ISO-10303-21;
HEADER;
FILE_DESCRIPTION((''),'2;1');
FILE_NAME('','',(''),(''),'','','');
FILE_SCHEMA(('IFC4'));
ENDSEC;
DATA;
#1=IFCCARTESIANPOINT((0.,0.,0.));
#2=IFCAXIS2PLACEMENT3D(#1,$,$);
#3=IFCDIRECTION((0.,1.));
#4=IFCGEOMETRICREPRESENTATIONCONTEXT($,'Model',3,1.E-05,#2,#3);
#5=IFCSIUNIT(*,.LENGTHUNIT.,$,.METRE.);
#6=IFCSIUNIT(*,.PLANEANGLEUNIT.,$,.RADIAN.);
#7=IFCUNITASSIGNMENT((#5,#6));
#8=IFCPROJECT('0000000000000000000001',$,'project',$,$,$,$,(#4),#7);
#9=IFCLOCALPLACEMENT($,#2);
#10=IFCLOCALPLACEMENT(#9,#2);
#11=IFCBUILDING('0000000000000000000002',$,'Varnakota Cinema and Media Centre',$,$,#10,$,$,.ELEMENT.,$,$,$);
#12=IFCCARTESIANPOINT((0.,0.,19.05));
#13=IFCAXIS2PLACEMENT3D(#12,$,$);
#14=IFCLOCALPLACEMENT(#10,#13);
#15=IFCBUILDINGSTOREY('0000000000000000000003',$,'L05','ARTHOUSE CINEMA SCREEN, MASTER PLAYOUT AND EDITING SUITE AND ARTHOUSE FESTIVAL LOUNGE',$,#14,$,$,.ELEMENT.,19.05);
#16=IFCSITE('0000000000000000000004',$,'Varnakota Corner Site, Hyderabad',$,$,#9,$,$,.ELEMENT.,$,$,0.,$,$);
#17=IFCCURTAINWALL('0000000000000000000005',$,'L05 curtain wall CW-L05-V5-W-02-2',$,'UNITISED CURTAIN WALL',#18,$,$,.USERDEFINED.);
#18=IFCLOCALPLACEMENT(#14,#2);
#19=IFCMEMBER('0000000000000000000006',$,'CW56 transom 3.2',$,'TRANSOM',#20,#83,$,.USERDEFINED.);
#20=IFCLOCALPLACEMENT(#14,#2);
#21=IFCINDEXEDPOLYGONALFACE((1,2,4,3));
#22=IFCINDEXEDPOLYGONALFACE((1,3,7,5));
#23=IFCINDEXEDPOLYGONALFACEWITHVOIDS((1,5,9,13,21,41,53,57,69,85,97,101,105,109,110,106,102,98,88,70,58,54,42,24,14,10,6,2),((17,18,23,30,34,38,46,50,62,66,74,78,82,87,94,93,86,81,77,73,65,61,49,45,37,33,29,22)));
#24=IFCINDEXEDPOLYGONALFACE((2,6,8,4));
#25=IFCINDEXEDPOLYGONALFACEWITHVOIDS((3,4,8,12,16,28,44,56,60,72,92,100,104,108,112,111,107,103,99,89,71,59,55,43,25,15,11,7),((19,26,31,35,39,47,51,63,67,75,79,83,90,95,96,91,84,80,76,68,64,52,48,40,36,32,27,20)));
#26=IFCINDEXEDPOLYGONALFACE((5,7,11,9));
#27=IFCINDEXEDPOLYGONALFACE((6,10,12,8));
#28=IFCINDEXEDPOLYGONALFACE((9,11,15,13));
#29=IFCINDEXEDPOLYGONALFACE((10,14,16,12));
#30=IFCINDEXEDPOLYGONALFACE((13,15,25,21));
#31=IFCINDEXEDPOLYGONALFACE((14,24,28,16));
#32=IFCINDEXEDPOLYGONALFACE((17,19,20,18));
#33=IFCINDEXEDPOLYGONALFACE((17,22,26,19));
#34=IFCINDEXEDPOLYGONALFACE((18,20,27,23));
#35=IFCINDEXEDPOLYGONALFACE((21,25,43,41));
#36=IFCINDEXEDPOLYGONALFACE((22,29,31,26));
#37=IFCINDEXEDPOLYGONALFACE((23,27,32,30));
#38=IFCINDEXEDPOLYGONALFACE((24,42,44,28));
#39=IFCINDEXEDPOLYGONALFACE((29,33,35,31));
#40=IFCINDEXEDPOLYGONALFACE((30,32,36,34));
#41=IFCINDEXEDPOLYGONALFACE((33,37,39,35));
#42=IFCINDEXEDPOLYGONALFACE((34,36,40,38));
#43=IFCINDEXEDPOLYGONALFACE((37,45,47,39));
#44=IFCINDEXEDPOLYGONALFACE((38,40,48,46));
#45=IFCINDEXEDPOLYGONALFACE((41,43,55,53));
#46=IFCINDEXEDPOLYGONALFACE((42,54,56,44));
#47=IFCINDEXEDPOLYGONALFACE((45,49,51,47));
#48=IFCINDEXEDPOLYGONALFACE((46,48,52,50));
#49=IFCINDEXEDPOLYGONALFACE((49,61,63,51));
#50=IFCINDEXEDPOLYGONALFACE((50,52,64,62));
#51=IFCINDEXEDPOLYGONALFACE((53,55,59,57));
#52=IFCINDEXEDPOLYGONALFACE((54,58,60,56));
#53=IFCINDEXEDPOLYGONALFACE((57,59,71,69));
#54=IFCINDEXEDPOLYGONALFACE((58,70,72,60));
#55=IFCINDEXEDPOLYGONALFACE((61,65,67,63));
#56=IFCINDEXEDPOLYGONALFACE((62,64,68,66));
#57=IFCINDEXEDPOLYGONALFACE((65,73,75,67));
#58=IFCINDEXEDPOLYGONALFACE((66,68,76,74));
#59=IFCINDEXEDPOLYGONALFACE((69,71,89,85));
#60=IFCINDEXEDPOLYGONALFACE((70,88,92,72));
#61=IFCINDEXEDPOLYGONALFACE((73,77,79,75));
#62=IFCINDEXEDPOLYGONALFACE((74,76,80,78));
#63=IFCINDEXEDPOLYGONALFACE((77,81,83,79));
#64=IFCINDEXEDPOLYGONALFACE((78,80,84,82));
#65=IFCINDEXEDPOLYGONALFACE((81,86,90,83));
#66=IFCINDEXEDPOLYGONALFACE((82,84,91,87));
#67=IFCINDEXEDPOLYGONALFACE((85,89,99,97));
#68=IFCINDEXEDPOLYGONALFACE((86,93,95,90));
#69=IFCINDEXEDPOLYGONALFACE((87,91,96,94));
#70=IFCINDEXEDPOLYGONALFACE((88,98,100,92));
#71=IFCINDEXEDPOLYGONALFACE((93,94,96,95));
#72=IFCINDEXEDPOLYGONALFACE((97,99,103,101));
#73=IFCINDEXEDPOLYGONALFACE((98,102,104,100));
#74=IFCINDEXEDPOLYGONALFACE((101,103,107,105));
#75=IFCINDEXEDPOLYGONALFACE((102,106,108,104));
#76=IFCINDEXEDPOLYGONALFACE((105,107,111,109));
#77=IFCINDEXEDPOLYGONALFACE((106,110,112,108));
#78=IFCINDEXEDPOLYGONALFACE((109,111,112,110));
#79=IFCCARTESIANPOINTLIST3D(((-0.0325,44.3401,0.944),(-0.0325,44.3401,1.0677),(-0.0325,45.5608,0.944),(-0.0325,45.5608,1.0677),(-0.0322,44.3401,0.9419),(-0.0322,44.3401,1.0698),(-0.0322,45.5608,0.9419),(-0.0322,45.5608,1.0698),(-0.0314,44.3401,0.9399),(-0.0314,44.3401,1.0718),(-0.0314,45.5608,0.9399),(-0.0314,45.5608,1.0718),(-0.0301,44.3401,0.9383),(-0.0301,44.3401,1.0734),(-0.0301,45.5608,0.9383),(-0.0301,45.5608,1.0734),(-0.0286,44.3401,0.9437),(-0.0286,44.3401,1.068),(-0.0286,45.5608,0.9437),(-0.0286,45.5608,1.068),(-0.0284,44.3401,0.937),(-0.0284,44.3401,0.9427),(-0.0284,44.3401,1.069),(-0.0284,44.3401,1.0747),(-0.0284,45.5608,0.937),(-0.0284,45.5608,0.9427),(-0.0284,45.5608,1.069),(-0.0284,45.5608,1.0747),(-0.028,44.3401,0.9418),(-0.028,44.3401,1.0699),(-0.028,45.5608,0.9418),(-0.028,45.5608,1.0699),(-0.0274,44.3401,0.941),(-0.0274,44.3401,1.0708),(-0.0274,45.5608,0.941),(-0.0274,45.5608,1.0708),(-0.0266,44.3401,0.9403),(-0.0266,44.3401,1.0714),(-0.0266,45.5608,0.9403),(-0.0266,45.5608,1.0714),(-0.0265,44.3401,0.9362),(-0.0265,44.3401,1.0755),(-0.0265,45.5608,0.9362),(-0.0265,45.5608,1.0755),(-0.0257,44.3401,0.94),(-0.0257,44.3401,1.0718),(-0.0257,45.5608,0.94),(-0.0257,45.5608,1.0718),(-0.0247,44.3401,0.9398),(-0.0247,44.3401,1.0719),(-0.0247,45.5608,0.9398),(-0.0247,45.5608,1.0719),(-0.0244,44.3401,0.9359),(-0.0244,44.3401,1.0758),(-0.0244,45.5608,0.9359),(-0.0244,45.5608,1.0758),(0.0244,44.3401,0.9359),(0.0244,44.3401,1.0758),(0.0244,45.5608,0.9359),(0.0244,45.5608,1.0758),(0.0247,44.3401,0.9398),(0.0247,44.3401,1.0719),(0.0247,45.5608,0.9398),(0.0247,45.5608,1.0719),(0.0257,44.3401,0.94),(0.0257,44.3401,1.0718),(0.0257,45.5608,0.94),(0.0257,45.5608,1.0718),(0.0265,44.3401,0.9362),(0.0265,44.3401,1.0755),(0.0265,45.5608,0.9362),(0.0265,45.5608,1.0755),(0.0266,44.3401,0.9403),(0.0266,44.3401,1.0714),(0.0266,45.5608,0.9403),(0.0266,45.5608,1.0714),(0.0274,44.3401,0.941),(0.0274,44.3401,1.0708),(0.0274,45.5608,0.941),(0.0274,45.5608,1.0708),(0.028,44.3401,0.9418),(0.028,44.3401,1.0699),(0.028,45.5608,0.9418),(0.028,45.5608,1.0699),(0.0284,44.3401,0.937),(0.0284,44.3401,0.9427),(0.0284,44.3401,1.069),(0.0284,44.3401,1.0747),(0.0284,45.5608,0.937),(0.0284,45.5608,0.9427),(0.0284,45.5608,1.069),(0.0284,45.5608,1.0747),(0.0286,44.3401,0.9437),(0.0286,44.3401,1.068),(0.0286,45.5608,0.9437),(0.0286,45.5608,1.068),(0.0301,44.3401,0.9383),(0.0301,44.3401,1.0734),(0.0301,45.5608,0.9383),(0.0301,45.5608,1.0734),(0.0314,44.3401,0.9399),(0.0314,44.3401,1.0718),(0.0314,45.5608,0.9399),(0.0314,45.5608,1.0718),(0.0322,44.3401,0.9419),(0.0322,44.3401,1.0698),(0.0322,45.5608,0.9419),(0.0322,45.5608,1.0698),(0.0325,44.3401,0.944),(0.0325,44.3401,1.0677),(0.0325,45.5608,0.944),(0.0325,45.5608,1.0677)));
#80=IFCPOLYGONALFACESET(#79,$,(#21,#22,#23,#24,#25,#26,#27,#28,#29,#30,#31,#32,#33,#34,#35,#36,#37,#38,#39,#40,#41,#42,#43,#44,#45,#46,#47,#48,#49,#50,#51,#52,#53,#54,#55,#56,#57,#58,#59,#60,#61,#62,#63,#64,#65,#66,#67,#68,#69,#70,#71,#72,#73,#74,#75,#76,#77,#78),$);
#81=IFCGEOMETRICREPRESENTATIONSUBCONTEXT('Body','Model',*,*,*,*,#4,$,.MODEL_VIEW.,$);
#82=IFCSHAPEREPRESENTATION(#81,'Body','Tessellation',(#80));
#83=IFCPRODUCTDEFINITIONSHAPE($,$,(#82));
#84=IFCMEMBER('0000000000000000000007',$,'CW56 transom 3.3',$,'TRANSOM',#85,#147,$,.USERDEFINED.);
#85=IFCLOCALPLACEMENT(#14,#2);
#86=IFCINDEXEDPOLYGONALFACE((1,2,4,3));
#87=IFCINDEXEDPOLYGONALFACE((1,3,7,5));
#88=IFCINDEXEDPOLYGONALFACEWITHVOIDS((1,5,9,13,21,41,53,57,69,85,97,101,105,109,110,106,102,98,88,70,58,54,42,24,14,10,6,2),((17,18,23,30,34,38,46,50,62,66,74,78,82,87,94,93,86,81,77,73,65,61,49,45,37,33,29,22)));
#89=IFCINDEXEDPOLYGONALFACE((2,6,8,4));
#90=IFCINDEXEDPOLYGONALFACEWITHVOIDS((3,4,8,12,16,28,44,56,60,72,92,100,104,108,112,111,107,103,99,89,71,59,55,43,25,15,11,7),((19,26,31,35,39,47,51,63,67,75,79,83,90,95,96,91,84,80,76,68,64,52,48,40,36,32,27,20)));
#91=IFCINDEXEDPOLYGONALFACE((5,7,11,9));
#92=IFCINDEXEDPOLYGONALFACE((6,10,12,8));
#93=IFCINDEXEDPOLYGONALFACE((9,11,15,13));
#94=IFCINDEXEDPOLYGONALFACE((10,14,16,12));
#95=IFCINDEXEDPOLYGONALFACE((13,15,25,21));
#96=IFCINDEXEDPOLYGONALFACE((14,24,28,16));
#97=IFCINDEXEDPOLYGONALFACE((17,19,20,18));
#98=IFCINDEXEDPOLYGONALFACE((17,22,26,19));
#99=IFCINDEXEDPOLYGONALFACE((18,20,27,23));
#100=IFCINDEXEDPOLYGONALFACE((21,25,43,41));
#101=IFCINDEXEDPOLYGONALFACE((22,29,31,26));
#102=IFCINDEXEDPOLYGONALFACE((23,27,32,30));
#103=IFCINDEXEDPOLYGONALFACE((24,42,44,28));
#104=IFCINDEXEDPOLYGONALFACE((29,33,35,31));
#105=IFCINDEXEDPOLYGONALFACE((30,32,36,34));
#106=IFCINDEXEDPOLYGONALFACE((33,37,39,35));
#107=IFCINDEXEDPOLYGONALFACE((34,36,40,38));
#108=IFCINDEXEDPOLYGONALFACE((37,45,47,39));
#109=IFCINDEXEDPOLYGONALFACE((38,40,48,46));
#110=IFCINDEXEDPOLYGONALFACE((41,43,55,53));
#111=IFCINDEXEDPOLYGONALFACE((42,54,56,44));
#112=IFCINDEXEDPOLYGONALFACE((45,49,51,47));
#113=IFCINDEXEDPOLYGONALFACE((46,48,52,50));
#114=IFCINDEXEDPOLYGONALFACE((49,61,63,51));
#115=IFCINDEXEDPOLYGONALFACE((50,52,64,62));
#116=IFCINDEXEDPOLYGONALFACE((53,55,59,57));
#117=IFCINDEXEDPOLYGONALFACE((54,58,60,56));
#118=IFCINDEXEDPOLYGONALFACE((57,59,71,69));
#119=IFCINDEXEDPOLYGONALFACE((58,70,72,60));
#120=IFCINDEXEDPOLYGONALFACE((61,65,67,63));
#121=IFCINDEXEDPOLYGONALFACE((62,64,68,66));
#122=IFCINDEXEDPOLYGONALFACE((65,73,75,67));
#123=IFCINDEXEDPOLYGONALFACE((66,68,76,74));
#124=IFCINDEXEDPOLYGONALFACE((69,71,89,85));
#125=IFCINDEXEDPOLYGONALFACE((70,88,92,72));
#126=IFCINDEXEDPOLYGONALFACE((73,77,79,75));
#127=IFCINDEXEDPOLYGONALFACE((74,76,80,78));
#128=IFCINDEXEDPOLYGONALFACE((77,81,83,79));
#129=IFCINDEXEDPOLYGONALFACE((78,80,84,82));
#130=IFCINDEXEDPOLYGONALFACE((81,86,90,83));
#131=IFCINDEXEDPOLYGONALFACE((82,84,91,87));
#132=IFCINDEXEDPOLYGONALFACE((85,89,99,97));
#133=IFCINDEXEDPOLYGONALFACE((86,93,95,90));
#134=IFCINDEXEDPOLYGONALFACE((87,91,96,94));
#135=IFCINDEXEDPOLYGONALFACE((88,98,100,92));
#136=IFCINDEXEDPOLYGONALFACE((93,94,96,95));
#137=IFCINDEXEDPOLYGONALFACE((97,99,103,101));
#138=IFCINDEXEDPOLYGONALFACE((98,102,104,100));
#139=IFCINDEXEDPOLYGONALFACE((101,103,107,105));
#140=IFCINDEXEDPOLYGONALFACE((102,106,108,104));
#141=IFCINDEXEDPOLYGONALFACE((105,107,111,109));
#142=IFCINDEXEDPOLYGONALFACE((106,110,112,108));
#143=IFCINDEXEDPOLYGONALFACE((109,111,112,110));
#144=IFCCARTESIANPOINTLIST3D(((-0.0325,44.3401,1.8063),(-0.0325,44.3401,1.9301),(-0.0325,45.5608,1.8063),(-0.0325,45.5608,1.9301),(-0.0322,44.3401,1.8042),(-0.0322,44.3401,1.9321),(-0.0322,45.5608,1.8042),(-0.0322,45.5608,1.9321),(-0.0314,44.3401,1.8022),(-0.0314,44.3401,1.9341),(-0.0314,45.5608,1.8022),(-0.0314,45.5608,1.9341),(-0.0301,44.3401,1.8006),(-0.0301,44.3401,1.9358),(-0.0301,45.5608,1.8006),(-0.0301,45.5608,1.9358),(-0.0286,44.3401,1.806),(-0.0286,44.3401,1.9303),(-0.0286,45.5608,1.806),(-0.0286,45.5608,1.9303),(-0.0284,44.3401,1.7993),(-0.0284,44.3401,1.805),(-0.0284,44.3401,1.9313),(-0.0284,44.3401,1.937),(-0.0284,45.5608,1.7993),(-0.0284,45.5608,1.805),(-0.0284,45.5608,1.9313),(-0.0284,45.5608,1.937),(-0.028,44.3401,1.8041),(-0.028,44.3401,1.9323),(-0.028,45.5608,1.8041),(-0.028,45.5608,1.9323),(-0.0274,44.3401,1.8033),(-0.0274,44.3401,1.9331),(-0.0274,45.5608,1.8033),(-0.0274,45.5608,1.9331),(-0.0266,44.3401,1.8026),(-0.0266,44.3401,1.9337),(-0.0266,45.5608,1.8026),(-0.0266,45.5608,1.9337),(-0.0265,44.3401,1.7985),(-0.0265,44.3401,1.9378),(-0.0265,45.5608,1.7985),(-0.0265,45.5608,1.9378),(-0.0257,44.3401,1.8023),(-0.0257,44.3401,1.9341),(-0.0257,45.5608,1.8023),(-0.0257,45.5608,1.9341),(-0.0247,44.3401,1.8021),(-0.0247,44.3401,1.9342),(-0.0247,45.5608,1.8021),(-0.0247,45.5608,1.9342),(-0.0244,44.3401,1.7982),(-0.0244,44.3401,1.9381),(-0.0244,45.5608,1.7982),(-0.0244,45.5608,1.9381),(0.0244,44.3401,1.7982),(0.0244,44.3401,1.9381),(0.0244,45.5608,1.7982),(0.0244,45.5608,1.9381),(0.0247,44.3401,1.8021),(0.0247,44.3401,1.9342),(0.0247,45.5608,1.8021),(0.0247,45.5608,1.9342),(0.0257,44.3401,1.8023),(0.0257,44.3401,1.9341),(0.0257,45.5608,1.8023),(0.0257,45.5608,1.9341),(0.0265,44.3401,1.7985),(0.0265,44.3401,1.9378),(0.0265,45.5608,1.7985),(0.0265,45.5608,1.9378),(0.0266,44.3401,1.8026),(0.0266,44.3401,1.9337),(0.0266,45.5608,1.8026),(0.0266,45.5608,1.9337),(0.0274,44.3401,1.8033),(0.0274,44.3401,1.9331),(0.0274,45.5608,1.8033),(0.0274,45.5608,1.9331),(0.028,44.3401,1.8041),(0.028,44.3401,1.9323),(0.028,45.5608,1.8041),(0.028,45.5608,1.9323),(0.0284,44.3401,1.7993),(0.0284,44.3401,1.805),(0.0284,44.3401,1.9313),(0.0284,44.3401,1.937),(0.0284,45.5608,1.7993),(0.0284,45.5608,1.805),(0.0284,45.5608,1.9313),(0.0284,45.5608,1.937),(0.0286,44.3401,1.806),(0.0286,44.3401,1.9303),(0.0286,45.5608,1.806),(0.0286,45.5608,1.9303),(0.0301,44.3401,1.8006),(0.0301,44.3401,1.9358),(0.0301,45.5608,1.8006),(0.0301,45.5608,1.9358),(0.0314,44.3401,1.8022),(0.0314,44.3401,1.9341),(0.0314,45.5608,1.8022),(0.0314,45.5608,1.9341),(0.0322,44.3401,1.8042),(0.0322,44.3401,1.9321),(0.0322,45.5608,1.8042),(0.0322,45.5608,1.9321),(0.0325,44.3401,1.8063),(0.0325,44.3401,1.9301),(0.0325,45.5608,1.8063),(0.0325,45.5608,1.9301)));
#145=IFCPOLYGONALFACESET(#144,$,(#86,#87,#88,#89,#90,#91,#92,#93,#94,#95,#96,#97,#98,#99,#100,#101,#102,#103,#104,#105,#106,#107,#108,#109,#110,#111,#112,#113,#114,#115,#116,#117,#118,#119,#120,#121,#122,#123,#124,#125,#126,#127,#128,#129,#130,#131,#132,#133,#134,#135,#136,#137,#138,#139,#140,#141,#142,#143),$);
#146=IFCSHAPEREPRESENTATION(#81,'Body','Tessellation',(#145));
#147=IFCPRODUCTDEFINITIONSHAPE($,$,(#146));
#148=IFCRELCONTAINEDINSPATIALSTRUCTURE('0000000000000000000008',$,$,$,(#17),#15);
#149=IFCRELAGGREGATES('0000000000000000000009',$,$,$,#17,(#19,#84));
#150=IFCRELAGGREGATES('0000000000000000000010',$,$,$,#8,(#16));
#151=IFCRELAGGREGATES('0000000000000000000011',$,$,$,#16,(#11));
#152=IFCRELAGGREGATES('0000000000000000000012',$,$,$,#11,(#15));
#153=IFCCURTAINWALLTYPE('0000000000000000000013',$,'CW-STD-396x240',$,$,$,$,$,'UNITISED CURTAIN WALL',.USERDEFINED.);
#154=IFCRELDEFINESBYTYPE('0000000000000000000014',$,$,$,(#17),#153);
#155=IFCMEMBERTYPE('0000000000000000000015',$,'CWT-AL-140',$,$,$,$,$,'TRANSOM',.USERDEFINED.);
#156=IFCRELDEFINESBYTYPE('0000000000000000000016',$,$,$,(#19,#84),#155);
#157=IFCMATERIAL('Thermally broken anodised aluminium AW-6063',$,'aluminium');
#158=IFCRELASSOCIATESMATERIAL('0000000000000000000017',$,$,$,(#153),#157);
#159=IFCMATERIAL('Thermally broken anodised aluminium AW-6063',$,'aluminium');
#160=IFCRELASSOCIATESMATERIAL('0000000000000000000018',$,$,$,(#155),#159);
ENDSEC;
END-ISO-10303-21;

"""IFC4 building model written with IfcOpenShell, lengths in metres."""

from ifc_helpers import new_model, si_unit, direction, frame, origin, origin_2d, place, context, subcontext, project, spatial, hollow_rectangle, extrude, material, material_profile, profile_set, type_object, element, aggregate, save


model = new_model("IFC4")

# Units and contexts
model_context = context("Model", 3, precision=1e-05, world=origin(), true_north=direction((0.0, 1.0)))
body_context = subcontext(model_context, "Body", "Model", "MODEL_VIEW")
ifc_project = project(units=[si_unit("LENGTHUNIT", "METRE"), si_unit("PLANEANGLEUNIT", "RADIAN")], contexts=[model_context])

# Site, building, storey
site_placement = place(None, origin())
site = spatial("IfcSite", under=ifc_project, at=site_placement, Name="Varnakota Corner Site, Hyderabad", CompositionType="ELEMENT", RefElevation=0.0)
building_placement = place(site_placement, origin())
building = spatial("IfcBuilding", under=site, at=building_placement, Name="Varnakota Cinema and Media Centre", CompositionType="ELEMENT")
storey_placement = place(building_placement, frame((0.0, 0.0, 19.05)))
storey = spatial("IfcBuildingStorey", under=building, at=storey_placement, Name="L05", Description="ARTHOUSE CINEMA SCREEN, MASTER PLAYOUT AND EDITING SUITE AND ARTHOUSE FESTIVAL LOUNGE", CompositionType="ELEMENT", Elevation=19.05)

# Curtain wall
ifc_material_1 = material(Name="Thermally broken anodised aluminium AW-6063", Category="aluminium")
curtain_wall_type_1 = type_object("IfcCurtainWallType", Name="CW-STD-396x240", ElementType="UNITISED CURTAIN WALL", PredefinedType="USERDEFINED", material=ifc_material_1)
curtain_wall_1_placement = place(storey_placement, origin())
curtain_wall_1 = element("IfcCurtainWall", 1, at=curtain_wall_1_placement, inside=storey, type_object=curtain_wall_type_1, Name="L05 curtain wall CW-L05-V5-W-02-2", ObjectType="UNITISED CURTAIN WALL", PredefinedType="USERDEFINED")

# Members
ifc_material_2 = material(Name="Thermally broken anodised aluminium AW-6063", Category="aluminium")
ifc_material_profile_1 = material_profile(ifc_material_2, hollow_rectangle(XDim=0.0649, YDim=0.1399, WallThickness=0.0039, InnerFilletRadius=0.0039, OuterFilletRadius=0.0081, at=origin_2d()), Name="AL-TRANSOM 140x65x4")
ifc_profile_set_1 = profile_set([ifc_material_profile_1], Name="Thermally broken anodised aluminium AW-6063")
member_type_1 = type_object("IfcMemberType", Name="CWT-AL-140", ElementType="TRANSOM", PredefinedType="USERDEFINED", material=ifc_profile_set_1)
member_1_placement = place(storey_placement, frame((0.0, 45.5608, 1.0059), z_axis=(0.0, -1.0, 0.0), x_axis=(1.0, 0.0, 0.0)))
member_1 = element("IfcMember", 2, at=member_1_placement, type_object=member_type_1, Name="CW56 transom 3.2", ObjectType="TRANSOM", PredefinedType="USERDEFINED", context=body_context, shape_type="SweptSolid", body=[
    extrude(hollow_rectangle(XDim=0.0649, YDim=0.1399, WallThickness=0.0039, InnerFilletRadius=0.0039, OuterFilletRadius=0.0081, at=origin_2d()), origin(), (0.0, 0.0, 1.0), 1.2207),
])
member_2_placement = place(storey_placement, frame((0.0, 45.5608, 1.8682), z_axis=(0.0, -1.0, 0.0), x_axis=(1.0, 0.0, 0.0)))
member_2 = element("IfcMember", 3, at=member_2_placement, type_object=member_type_1, Name="CW56 transom 3.3", ObjectType="TRANSOM", PredefinedType="USERDEFINED", context=body_context, shape_type="SweptSolid", body=[
    extrude(hollow_rectangle(XDim=0.0649, YDim=0.1399, WallThickness=0.0039, InnerFilletRadius=0.0039, OuterFilletRadius=0.0081, at=origin_2d()), origin(), (0.0, 0.0, 1.0), 1.2207),
])

aggregate(curtain_wall_1, [member_1, member_2])

save(model, "model.ifc")
